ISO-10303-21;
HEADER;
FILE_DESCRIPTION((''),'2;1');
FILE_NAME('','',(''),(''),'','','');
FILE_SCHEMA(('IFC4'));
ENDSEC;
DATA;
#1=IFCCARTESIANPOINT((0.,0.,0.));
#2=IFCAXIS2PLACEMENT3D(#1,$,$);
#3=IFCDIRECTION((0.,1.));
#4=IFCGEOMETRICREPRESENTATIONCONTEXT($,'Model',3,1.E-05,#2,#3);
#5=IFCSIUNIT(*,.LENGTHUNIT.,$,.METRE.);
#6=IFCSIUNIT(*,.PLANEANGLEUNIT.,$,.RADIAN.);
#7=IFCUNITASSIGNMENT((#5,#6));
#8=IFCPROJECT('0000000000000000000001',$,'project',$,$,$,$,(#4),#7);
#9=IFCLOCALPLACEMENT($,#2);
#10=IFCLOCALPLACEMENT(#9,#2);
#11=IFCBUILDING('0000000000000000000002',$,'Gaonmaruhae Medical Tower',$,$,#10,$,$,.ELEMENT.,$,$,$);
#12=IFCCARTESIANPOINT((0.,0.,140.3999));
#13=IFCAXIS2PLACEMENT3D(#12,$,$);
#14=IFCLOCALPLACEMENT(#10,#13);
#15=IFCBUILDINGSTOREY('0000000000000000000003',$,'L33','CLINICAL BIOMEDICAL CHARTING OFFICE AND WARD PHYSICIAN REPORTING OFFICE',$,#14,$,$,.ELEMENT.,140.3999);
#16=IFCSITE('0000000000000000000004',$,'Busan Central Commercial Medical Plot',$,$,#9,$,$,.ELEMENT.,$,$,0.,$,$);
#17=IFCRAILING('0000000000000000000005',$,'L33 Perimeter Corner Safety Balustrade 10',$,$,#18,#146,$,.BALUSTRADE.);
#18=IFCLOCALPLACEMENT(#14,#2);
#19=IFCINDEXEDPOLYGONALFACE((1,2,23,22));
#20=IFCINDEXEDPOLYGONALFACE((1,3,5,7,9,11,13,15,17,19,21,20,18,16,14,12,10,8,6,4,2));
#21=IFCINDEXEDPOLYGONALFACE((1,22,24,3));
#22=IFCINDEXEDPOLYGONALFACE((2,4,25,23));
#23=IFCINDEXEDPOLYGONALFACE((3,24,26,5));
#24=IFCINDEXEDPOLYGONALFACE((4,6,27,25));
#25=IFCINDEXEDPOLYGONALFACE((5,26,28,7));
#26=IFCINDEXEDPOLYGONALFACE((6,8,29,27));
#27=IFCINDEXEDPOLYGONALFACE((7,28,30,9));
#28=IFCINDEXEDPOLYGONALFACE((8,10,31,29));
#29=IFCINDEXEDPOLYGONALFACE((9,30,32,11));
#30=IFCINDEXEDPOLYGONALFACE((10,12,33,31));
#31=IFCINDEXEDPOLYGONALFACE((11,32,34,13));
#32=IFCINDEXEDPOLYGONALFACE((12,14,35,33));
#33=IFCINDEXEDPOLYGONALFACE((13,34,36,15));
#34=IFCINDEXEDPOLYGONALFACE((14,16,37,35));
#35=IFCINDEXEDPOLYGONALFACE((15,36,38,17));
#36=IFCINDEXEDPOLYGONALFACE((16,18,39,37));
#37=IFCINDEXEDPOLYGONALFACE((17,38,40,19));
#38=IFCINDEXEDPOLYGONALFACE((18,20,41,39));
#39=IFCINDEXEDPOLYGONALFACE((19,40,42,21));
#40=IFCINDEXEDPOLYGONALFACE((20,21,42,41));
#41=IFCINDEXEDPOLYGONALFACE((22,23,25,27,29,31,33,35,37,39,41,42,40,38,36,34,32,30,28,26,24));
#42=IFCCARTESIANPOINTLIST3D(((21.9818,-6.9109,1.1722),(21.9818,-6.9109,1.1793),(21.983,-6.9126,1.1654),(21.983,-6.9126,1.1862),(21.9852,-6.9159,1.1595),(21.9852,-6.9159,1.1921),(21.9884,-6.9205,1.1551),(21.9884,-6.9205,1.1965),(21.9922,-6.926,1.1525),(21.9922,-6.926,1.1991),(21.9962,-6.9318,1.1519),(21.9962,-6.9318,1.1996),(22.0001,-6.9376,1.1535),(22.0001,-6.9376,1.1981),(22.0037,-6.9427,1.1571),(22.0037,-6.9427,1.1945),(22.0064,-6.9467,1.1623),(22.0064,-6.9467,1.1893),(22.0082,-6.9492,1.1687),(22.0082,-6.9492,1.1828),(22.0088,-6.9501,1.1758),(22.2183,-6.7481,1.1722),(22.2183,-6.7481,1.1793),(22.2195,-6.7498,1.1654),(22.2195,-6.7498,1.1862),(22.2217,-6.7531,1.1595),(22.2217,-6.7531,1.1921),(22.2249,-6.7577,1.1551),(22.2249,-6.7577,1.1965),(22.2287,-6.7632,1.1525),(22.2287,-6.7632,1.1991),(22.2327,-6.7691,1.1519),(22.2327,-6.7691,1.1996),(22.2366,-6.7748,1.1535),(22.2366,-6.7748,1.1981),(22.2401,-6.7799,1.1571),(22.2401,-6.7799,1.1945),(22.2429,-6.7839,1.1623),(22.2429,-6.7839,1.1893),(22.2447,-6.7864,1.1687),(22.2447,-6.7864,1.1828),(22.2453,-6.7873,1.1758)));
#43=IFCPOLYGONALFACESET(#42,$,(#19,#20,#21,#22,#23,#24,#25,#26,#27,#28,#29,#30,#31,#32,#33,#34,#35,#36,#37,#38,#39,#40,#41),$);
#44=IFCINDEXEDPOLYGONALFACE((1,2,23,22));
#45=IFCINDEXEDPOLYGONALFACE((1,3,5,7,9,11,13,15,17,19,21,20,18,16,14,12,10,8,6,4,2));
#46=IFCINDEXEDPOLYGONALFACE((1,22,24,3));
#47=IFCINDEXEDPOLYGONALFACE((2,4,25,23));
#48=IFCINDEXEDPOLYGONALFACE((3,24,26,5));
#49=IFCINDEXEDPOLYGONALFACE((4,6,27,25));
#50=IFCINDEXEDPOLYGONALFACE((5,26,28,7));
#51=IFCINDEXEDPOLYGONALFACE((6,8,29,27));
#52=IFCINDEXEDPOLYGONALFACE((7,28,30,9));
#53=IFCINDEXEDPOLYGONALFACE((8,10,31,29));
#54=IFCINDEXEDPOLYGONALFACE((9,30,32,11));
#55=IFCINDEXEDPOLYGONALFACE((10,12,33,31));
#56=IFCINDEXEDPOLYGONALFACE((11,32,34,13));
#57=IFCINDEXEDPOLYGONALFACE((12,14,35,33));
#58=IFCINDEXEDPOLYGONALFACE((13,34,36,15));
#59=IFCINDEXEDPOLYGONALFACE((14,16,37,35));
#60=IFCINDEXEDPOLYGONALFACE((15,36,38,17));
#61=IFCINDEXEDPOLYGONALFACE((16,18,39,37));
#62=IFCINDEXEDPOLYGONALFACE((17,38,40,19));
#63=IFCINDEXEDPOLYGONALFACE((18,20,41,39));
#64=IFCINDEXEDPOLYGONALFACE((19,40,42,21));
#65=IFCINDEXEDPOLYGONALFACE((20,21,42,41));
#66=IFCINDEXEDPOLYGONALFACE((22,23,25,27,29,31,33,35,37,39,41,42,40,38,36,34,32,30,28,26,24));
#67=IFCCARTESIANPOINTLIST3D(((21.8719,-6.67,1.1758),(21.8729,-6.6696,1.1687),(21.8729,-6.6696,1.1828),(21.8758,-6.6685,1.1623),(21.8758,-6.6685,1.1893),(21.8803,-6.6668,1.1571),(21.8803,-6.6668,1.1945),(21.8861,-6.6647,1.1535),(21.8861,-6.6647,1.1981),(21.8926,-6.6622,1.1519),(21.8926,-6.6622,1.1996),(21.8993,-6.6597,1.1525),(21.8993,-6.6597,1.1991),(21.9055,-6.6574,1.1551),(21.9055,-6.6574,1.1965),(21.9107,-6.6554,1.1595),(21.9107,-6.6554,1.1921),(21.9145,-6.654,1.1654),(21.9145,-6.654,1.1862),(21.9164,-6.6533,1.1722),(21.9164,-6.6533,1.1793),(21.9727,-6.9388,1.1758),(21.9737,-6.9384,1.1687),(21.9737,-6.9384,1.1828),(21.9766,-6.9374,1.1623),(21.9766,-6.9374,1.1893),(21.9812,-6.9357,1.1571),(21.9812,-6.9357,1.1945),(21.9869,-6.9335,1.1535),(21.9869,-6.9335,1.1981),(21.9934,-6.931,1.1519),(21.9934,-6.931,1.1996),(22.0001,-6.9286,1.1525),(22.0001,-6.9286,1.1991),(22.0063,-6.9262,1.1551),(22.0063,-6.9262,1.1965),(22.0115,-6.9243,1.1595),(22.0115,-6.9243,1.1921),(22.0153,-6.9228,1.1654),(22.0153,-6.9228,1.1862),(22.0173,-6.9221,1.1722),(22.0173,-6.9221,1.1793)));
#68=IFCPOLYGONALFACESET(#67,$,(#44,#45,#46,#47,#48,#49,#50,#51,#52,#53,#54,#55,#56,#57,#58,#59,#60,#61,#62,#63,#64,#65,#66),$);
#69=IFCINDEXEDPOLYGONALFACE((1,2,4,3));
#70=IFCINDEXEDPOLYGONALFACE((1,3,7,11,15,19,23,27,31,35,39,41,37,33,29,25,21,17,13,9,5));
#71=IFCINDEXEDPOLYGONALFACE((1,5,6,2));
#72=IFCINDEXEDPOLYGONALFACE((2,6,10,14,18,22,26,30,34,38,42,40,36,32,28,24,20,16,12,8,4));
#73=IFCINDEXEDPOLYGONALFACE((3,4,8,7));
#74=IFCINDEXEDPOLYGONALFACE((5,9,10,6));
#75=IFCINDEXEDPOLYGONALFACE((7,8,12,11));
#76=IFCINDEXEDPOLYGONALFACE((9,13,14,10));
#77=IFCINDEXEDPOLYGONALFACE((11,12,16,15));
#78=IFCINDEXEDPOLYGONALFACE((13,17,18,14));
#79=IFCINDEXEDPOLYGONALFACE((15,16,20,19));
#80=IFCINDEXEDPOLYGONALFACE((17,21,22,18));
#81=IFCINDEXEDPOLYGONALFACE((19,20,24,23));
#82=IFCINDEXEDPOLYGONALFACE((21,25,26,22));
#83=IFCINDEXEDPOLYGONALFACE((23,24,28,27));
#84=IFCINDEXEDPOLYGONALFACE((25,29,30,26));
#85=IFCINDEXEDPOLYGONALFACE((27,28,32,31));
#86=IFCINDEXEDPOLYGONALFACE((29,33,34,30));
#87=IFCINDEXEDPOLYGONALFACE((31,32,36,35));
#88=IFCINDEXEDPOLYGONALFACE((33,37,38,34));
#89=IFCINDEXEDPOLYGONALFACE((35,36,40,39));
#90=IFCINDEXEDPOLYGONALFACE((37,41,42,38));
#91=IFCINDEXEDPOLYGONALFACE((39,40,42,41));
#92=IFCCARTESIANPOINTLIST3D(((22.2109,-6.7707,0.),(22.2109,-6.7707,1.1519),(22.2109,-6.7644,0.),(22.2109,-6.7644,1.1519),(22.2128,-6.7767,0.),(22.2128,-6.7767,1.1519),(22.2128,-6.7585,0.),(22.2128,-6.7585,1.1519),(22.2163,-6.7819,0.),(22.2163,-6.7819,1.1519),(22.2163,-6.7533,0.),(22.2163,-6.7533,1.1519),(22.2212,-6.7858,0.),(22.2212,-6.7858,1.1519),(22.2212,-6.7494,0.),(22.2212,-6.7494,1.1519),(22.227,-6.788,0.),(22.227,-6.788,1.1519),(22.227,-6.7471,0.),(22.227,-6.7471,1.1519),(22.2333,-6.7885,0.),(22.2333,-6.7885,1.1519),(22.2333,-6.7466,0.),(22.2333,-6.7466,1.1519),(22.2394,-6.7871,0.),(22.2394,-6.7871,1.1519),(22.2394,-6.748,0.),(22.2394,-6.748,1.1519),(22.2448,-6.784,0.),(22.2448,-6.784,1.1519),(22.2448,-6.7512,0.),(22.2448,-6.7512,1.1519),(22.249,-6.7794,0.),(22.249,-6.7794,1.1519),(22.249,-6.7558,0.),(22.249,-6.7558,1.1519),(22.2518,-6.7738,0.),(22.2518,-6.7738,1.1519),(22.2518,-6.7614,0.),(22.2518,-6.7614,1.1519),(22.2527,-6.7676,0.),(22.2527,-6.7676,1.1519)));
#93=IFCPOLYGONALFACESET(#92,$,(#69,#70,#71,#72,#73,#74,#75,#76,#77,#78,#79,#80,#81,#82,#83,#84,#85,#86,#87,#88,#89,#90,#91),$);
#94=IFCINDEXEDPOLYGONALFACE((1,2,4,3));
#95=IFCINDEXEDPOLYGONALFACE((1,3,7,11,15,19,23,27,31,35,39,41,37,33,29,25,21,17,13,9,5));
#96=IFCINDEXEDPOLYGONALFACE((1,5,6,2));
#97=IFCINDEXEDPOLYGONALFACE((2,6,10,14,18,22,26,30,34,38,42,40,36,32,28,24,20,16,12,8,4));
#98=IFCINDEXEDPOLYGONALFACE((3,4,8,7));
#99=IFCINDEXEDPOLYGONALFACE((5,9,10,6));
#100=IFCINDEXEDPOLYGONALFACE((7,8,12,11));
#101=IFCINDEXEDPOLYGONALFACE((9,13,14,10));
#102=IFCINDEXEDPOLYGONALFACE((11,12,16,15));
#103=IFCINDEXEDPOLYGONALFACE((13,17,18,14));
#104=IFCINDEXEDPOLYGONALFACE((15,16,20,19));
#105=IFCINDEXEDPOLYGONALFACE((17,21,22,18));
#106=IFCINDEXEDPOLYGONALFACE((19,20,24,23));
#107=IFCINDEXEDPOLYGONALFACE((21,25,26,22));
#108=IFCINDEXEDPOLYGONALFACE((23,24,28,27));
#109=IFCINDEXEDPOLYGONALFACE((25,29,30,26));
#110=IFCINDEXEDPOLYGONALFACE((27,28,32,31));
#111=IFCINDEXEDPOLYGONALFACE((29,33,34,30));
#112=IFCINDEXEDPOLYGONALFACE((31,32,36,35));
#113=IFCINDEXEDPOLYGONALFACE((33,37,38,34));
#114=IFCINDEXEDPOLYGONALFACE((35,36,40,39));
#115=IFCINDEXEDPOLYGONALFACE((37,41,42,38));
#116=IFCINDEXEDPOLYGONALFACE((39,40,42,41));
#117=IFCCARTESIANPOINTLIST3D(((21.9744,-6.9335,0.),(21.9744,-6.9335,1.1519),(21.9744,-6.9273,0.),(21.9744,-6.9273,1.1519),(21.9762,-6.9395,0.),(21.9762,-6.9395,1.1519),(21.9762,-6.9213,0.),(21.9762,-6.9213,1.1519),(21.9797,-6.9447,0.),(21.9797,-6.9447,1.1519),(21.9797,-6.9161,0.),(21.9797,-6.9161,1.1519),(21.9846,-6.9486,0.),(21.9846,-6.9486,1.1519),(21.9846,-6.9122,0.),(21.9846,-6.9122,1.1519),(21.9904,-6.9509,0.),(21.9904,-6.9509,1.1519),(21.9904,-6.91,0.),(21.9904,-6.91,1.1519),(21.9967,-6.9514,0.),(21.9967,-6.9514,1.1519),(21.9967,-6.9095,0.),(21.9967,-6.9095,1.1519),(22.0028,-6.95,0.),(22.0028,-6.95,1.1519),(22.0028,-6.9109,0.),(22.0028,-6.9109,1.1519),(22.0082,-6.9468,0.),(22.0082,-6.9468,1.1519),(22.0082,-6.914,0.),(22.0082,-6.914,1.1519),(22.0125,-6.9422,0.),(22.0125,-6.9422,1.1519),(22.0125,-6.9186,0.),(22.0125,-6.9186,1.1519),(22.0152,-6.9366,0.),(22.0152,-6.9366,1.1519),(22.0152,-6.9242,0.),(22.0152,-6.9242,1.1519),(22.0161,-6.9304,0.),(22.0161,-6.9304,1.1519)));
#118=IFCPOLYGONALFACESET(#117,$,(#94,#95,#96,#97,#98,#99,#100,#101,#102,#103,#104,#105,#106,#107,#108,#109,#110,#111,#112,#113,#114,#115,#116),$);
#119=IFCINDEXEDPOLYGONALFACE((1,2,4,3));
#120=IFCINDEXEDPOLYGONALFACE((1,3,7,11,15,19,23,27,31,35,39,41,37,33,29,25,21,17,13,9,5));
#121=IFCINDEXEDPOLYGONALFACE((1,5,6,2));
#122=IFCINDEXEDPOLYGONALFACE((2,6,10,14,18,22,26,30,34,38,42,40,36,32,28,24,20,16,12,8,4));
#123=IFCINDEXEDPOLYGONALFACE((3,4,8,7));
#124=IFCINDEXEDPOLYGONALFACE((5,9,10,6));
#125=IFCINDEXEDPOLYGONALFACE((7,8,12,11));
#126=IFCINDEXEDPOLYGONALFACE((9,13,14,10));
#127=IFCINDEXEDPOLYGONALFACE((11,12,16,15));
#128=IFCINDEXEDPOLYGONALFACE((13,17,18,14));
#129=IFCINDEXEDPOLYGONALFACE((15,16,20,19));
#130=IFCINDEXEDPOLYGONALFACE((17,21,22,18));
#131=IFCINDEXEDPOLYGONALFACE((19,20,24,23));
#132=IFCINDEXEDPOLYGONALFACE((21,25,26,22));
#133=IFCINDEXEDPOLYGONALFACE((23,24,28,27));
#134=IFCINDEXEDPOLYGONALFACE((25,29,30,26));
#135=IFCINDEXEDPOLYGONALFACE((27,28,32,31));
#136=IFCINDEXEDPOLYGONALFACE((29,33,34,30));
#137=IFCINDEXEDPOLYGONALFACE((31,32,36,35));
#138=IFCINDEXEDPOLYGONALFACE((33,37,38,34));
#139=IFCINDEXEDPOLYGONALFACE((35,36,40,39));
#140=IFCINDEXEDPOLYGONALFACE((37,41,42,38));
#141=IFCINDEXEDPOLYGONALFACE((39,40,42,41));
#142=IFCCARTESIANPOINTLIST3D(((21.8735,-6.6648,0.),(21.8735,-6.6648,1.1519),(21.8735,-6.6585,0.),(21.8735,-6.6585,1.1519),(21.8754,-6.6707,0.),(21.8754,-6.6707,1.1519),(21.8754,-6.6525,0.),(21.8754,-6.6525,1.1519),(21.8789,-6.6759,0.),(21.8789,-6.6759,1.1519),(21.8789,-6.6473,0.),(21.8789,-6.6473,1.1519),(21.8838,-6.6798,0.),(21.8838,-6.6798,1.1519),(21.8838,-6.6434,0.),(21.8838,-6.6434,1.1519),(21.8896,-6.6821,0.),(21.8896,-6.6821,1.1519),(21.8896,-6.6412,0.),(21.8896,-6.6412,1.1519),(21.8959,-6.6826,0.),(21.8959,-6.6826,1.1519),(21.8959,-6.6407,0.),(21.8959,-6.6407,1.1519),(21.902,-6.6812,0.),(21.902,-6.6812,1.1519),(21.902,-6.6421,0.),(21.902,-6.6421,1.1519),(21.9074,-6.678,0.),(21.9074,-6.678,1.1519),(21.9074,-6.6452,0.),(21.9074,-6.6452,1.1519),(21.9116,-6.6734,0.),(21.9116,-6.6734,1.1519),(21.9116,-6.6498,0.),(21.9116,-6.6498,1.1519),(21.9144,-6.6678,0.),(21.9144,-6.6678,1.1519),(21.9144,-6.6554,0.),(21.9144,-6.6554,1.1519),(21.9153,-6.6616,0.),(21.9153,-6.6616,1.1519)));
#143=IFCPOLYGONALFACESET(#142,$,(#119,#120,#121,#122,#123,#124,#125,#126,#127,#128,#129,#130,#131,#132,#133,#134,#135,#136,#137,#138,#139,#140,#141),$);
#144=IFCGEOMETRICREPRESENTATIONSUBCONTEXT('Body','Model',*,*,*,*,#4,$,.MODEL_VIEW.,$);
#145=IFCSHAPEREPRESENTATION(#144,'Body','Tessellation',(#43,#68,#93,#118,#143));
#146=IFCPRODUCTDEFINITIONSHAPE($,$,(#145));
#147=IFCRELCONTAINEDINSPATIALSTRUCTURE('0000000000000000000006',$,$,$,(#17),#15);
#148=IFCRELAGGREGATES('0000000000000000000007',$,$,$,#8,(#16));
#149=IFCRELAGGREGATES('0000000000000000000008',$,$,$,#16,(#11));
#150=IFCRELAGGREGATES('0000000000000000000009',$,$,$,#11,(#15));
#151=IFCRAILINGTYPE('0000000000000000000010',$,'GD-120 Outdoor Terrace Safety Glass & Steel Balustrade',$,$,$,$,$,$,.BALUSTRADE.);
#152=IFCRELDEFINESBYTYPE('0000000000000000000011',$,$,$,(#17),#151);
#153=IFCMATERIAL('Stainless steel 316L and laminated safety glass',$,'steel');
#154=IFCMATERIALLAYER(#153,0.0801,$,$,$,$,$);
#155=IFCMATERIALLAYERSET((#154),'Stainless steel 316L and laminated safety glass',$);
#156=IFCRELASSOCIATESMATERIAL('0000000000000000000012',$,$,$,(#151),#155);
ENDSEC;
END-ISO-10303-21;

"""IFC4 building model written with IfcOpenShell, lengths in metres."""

from ifc_helpers import new_model, si_unit, direction, frame, origin, origin_2d, place, context, subcontext, project, spatial, circle, extrude, material, layer, layer_set, type_object, element, save


model = new_model("IFC4")

# Units and contexts
model_context = context("Model", 3, precision=1e-05, world=origin(), true_north=direction((0.0, 1.0)))
body_context = subcontext(model_context, "Body", "Model", "MODEL_VIEW")
ifc_project = project(units=[si_unit("LENGTHUNIT", "METRE"), si_unit("PLANEANGLEUNIT", "RADIAN")], contexts=[model_context])

# Site, building, storey
site_placement = place(None, origin())
site = spatial("IfcSite", under=ifc_project, at=site_placement, Name="Busan Central Commercial Medical Plot", CompositionType="ELEMENT", RefElevation=0.0)
building_placement = place(site_placement, origin())
building = spatial("IfcBuilding", under=site, at=building_placement, Name="Gaonmaruhae Medical Tower", CompositionType="ELEMENT")
storey_placement = place(building_placement, frame((0.0, 0.0, 140.3999)))
storey = spatial("IfcBuildingStorey", under=building, at=storey_placement, Name="L33", Description="CLINICAL BIOMEDICAL CHARTING OFFICE AND WARD PHYSICIAN REPORTING OFFICE", CompositionType="ELEMENT", Elevation=140.3999)

# Railing
ifc_material_1 = material(Name="Stainless steel 316L and laminated safety glass", Category="steel")
ifc_layer_1 = layer(ifc_material_1, 0.0801)
ifc_layer_set_1 = layer_set([ifc_layer_1], Name="Stainless steel 316L and laminated safety glass")
railing_type = type_object("IfcRailingType", Name="GD-120 Outdoor Terrace Safety Glass & Steel Balustrade", PredefinedType="BALUSTRADE", material=ifc_layer_set_1)
railing_1_placement = place(storey_placement, frame((22.2317, -6.7676, 0.0)))
element("IfcRailing", 1, at=railing_1_placement, inside=storey, type_object=railing_type, Name="L33 Perimeter Corner Safety Balustrade 10", PredefinedType="BALUSTRADE", context=body_context, shape_type="SweptSolid", body=[
    extrude(circle(Radius=0.0239, at=origin_2d()), frame((0.0, 0.0, 1.1758), z_axis=(-0.823719, -0.566998, 0.0), x_axis=(0.566998, -0.823719, 0.0)), (0.0, 0.0, 1.0), 0.2871),
    extrude(circle(Radius=0.0239, at=origin_2d()), frame((-0.2366, -0.1628, 1.1758), z_axis=(-0.351217, 0.936294, 0.0), x_axis=(-0.936294, -0.351217, 0.0)), (0.0, 0.0, 1.0), 0.2871),
    extrude(circle(Radius=0.021, at=origin_2d()), origin(), (0.0, 0.0, 1.0), 1.1519),
    extrude(circle(Radius=0.021, at=origin_2d()), frame((-0.2366, -0.1628, 0.0)), (0.0, 0.0, 1.0), 1.1519),
    extrude(circle(Radius=0.021, at=origin_2d()), frame((-0.3374, 0.106, 0.0)), (0.0, 0.0, 1.0), 1.1519),
])

save(model, "model.ifc")
